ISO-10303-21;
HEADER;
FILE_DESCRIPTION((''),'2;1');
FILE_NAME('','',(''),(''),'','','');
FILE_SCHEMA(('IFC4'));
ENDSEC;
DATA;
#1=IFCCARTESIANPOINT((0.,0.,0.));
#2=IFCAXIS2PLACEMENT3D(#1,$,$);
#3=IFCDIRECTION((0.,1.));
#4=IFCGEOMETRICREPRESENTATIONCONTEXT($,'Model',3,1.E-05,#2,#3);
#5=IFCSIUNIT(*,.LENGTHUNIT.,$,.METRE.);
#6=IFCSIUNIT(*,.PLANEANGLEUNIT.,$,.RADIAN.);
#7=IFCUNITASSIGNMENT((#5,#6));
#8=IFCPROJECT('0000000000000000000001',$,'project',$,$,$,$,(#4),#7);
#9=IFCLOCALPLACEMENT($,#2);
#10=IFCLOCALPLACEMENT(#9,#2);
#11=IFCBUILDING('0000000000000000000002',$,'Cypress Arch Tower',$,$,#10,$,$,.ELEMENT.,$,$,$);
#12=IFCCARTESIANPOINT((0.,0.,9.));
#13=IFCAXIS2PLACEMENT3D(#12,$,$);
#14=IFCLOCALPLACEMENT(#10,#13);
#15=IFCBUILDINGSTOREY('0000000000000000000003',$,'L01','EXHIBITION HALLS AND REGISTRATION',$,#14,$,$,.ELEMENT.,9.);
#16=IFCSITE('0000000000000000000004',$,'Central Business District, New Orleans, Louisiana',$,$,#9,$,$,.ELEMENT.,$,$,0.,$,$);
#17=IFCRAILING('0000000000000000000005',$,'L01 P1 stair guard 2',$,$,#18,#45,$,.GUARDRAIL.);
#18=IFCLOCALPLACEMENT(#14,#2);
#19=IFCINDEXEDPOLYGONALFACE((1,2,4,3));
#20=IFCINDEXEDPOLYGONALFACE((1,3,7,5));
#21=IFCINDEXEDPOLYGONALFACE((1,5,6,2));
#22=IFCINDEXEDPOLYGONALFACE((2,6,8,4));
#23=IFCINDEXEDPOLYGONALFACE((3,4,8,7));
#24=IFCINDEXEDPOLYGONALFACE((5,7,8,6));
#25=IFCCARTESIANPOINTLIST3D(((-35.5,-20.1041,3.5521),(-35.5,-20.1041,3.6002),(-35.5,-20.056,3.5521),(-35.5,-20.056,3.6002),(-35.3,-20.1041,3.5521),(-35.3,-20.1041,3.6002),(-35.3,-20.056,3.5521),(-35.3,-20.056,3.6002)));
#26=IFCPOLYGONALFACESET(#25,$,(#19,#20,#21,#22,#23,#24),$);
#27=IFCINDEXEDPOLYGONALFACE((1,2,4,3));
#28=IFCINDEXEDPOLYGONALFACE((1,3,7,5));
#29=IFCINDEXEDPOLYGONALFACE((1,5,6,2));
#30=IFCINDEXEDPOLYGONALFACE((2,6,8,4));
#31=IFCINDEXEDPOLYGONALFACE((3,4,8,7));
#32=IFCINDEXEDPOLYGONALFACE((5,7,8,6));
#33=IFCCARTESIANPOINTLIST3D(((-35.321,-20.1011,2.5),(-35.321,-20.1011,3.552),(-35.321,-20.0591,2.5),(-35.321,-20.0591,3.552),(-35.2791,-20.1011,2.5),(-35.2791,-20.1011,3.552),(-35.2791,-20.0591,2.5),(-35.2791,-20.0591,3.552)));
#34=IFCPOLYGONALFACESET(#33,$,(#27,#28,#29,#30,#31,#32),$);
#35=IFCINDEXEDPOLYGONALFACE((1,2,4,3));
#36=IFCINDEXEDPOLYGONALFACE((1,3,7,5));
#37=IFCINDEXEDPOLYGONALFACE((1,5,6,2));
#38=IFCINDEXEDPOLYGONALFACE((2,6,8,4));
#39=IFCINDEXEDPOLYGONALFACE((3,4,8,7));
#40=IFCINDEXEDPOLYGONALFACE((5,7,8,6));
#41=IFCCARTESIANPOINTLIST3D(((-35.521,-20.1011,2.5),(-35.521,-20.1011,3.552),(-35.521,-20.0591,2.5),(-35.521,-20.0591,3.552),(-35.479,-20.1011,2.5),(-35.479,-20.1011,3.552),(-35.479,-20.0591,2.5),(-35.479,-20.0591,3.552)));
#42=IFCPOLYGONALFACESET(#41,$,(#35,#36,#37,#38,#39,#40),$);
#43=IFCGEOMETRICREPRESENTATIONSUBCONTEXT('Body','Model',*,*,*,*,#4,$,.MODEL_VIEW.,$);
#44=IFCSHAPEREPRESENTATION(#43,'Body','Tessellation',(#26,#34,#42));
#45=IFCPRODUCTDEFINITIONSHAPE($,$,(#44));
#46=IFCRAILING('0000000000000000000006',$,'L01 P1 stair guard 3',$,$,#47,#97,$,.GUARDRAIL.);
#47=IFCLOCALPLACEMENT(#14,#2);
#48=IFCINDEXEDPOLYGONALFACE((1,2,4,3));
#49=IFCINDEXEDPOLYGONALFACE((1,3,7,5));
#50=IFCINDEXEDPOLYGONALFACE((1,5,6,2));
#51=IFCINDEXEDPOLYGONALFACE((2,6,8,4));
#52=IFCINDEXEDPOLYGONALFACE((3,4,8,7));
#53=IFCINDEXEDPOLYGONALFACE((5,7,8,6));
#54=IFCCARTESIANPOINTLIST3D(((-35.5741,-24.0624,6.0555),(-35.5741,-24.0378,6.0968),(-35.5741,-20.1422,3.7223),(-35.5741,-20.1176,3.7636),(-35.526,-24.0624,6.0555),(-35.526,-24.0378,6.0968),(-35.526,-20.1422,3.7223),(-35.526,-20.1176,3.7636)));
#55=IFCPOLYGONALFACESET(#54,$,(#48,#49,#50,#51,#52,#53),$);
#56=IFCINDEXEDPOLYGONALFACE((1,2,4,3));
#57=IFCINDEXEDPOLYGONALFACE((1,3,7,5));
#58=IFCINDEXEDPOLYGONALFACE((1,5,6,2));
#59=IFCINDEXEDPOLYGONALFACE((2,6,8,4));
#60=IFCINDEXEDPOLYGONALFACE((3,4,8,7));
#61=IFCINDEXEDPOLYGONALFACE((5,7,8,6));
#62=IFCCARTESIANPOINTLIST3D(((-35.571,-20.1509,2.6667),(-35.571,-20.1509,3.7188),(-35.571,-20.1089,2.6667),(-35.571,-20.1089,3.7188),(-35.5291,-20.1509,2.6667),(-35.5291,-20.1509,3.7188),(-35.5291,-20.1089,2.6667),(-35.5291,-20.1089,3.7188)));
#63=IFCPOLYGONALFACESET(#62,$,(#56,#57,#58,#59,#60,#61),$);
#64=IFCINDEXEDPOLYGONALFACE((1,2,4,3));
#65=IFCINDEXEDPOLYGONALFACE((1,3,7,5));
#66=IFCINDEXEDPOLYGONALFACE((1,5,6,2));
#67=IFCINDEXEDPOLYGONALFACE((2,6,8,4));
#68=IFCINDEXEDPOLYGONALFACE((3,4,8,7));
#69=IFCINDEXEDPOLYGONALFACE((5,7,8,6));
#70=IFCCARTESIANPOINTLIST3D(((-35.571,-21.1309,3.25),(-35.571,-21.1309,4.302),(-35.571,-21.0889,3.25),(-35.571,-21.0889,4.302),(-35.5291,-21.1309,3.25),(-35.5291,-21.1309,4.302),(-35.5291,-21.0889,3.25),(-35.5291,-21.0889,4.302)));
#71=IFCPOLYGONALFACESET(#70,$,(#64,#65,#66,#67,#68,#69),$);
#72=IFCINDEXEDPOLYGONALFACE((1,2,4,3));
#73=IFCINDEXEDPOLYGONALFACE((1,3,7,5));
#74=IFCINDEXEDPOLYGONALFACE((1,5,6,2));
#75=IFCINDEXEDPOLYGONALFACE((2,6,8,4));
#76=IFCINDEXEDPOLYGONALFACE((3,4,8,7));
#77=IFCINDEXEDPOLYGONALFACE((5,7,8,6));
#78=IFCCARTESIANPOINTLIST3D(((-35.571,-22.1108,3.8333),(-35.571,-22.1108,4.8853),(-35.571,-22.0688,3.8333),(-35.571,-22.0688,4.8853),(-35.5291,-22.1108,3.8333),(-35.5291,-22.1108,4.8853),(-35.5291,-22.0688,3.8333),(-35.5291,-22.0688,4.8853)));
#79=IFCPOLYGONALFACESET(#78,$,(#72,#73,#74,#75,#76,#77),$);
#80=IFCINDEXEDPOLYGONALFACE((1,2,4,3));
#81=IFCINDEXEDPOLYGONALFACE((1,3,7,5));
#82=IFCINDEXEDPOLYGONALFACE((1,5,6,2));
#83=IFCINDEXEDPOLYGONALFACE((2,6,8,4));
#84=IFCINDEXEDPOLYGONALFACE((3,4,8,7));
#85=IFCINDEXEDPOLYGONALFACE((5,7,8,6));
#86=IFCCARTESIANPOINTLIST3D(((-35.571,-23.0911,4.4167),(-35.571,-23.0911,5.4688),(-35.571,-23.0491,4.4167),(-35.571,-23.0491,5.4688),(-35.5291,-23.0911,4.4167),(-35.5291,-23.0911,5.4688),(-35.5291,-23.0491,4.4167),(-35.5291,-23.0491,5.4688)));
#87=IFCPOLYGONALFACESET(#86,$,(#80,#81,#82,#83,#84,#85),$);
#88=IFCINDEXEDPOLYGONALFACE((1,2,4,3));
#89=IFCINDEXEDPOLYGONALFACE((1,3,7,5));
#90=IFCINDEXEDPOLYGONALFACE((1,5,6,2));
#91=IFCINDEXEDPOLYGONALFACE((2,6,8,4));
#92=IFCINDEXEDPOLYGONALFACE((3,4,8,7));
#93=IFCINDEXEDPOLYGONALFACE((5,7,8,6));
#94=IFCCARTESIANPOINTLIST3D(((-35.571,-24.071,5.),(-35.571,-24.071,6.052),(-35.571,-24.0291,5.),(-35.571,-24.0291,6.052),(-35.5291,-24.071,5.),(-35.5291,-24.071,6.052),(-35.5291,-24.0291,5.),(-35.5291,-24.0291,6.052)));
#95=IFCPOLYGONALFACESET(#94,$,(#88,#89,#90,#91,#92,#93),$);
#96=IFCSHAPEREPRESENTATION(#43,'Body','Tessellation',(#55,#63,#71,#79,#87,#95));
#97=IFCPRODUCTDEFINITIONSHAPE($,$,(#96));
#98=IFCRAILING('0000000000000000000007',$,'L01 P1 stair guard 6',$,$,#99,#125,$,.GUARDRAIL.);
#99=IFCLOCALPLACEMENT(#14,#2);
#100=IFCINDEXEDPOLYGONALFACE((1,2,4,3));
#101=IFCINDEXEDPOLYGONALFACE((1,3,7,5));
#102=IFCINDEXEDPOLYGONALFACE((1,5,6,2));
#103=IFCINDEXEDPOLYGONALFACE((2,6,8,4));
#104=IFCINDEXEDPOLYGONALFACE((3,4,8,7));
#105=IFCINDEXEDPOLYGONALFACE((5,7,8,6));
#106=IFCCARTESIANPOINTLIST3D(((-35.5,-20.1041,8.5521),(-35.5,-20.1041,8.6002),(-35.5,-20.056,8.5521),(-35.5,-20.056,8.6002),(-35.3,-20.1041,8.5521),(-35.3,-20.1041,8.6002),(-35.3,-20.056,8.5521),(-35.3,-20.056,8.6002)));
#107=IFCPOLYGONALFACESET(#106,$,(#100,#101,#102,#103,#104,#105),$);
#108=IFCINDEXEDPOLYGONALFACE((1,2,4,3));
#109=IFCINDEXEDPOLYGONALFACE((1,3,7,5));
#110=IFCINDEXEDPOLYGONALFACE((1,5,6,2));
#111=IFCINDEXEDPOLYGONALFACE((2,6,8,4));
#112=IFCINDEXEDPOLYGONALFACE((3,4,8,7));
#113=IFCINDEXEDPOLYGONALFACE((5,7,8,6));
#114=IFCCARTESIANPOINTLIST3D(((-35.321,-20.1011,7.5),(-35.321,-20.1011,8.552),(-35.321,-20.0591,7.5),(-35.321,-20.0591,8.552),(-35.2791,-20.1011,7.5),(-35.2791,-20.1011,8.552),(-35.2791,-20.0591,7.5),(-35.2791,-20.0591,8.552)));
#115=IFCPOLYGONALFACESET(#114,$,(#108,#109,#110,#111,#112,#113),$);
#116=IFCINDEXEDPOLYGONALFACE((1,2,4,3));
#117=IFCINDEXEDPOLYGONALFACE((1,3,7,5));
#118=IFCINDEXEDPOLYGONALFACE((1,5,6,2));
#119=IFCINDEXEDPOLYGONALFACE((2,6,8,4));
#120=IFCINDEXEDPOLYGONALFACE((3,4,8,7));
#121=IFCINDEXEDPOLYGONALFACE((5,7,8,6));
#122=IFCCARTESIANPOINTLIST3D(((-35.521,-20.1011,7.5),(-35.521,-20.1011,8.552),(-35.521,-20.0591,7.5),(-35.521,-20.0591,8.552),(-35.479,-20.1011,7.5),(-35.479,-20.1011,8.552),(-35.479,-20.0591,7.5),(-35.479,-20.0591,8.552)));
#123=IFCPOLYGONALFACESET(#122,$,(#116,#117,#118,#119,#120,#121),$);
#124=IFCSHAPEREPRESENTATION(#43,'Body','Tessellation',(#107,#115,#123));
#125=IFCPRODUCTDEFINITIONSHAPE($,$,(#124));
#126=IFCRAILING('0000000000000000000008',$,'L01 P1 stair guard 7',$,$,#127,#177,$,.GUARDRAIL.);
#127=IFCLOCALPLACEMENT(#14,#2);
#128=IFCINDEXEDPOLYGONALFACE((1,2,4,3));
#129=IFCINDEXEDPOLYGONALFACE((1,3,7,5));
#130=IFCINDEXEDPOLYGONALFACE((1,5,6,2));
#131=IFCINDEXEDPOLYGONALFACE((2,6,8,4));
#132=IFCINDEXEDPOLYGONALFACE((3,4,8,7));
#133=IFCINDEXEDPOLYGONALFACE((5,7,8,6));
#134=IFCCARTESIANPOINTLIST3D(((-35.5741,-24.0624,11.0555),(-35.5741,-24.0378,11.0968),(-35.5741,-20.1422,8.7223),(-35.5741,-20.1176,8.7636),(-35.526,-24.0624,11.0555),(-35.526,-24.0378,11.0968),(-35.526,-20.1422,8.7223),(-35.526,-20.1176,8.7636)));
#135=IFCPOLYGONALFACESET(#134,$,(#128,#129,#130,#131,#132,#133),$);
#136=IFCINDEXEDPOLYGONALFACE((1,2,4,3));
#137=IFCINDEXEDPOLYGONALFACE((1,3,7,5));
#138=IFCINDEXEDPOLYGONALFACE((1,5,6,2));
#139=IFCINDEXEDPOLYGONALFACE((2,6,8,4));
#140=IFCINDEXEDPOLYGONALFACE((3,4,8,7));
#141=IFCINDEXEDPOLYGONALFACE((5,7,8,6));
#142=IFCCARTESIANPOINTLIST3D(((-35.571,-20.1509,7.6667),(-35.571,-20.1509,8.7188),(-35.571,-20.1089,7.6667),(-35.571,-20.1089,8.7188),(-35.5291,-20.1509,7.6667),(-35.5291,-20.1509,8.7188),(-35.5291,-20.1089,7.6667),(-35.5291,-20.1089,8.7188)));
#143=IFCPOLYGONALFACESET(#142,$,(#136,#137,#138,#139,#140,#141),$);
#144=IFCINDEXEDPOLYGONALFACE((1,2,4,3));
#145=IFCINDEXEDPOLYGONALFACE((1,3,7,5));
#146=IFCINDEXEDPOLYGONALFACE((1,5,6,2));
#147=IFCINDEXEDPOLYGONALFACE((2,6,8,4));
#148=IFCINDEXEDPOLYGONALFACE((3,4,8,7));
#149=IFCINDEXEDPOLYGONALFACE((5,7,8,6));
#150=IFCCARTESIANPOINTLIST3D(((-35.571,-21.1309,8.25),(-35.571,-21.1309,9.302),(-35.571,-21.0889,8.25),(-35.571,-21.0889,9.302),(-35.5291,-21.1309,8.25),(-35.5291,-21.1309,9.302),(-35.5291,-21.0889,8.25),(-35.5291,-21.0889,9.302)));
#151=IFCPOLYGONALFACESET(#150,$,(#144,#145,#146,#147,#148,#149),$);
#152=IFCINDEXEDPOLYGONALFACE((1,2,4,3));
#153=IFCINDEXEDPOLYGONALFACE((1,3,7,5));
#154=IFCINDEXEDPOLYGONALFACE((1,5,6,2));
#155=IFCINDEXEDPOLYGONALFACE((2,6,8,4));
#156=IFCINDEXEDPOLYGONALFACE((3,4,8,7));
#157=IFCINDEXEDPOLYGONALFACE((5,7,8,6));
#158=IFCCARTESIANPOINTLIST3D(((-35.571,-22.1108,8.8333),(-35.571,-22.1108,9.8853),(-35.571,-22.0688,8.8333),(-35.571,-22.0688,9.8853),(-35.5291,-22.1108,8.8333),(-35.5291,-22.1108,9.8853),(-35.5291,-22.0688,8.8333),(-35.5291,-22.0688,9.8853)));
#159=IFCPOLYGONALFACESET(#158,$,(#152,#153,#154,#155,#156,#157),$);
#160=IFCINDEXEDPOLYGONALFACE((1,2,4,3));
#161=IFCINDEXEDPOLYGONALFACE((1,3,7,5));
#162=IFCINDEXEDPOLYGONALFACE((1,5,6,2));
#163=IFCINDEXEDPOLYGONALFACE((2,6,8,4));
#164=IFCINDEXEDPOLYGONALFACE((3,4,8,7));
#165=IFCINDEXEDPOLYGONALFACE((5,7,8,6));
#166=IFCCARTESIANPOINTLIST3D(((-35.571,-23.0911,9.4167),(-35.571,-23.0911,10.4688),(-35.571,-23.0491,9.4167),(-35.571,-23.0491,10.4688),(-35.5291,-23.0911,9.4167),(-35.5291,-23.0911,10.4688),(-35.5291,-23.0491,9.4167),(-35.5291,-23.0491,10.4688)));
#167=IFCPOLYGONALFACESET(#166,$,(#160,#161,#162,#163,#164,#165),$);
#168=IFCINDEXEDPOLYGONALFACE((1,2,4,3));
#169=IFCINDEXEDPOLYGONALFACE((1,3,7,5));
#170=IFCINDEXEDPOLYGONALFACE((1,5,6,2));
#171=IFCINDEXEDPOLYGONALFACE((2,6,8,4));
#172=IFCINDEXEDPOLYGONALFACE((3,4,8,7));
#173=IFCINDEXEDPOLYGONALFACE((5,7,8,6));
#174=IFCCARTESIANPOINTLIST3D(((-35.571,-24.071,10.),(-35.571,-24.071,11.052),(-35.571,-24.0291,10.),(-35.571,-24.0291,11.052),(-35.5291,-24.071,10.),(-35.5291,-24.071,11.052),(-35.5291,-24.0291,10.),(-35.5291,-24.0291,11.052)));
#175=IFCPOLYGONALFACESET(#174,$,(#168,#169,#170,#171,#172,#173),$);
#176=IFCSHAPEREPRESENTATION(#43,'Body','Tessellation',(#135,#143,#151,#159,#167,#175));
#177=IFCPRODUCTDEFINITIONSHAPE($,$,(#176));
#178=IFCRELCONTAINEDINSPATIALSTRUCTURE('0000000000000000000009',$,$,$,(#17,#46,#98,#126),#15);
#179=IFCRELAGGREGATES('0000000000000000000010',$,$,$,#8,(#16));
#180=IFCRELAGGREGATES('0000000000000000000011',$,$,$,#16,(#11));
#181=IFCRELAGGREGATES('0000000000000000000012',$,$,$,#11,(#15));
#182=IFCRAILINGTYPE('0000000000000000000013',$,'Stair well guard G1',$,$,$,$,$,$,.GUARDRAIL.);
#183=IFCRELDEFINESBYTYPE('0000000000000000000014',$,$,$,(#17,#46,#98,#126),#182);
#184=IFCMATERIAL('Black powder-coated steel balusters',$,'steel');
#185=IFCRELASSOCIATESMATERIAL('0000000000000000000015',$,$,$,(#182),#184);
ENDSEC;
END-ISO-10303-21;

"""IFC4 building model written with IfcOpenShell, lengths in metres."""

from ifc_helpers import new_model, si_unit, direction, frame, origin, origin_2d, place, context, subcontext, project, spatial, rectangle, extrude, material, type_object, element, save


model = new_model("IFC4")

# Units and contexts
model_context = context("Model", 3, precision=1e-05, world=origin(), true_north=direction((0.0, 1.0)))
body_context = subcontext(model_context, "Body", "Model", "MODEL_VIEW")
ifc_project = project(units=[si_unit("LENGTHUNIT", "METRE"), si_unit("PLANEANGLEUNIT", "RADIAN")], contexts=[model_context])

# Site, building, storey
site_placement = place(None, origin())
site = spatial("IfcSite", under=ifc_project, at=site_placement, Name="Central Business District, New Orleans, Louisiana", CompositionType="ELEMENT", RefElevation=0.0)
building_placement = place(site_placement, origin())
building = spatial("IfcBuilding", under=site, at=building_placement, Name="Cypress Arch Tower", CompositionType="ELEMENT")
storey_placement = place(building_placement, frame((0.0, 0.0, 9.0)))
storey = spatial("IfcBuildingStorey", under=building, at=storey_placement, Name="L01", Description="EXHIBITION HALLS AND REGISTRATION", CompositionType="ELEMENT", Elevation=9.0)

# Railings
ifc_material_1 = material(Name="Black powder-coated steel balusters", Category="steel")
railing_type = type_object("IfcRailingType", Name="Stair well guard G1", PredefinedType="GUARDRAIL", material=ifc_material_1)
railing_1_placement = place(storey_placement, frame((-35.3, -20.0801, 2.5)))
element("IfcRailing", 1, at=railing_1_placement, inside=storey, type_object=railing_type, Name="L01 P1 stair guard 2", PredefinedType="GUARDRAIL", context=body_context, shape_type="SweptSolid", body=[
    extrude(rectangle(XDim=0.0481, YDim=0.0481, at=origin_2d()), frame((0.0, 0.0, 1.0762), z_axis=(-1.0, 0.0, 0.0), x_axis=(0.0, -1.0, 0.0)), (0.0, 0.0, 1.0), 0.2),
    extrude(rectangle(XDim=0.042, YDim=0.042, at=origin_2d()), origin(), (0.0, 0.0, 1.0), 1.052),
    extrude(rectangle(XDim=0.042, YDim=0.042, at=origin_2d()), frame((-0.2, 0.0, 0.0)), (0.0, 0.0, 1.0), 1.052),
])
railing_2_placement = place(storey_placement, frame((-35.55, -20.1299, 2.6667)))
element("IfcRailing", 2, at=railing_2_placement, inside=storey, type_object=railing_type, Name="L01 P1 stair guard 3", PredefinedType="GUARDRAIL", context=body_context, shape_type="SweptSolid", body=[
    extrude(rectangle(XDim=0.0481, YDim=0.0481, at=origin_2d()), frame((0.0, 0.0, 1.0762), z_axis=(0.0, -0.85931, 0.511455), x_axis=(1.0, 0.0, 0.0)), (0.0, 0.0, 1.0), 4.562),
    extrude(rectangle(XDim=0.042, YDim=0.042, at=origin_2d()), origin(), (0.0, 0.0, 1.0), 1.052),
    extrude(rectangle(XDim=0.042, YDim=0.042, at=origin_2d()), frame((0.0, -0.98, 0.5833)), (0.0, 0.0, 1.0), 1.052),
    extrude(rectangle(XDim=0.042, YDim=0.042, at=origin_2d()), frame((0.0, -1.96, 1.1665)), (0.0, 0.0, 1.0), 1.052),
    extrude(rectangle(XDim=0.042, YDim=0.042, at=origin_2d()), frame((0.0, -2.9402, 1.75)), (0.0, 0.0, 1.0), 1.052),
    extrude(rectangle(XDim=0.042, YDim=0.042, at=origin_2d()), frame((0.0, -3.9202, 2.3333)), (0.0, 0.0, 1.0), 1.052),
])
railing_3_placement = place(storey_placement, frame((-35.3, -20.0801, 7.5)))
element("IfcRailing", 3, at=railing_3_placement, inside=storey, type_object=railing_type, Name="L01 P1 stair guard 6", PredefinedType="GUARDRAIL", context=body_context, shape_type="SweptSolid", body=[
    extrude(rectangle(XDim=0.0481, YDim=0.0481, at=origin_2d()), frame((0.0, 0.0, 1.0762), z_axis=(-1.0, 0.0, 0.0), x_axis=(0.0, -1.0, 0.0)), (0.0, 0.0, 1.0), 0.2),
    extrude(rectangle(XDim=0.042, YDim=0.042, at=origin_2d()), origin(), (0.0, 0.0, 1.0), 1.052),
    extrude(rectangle(XDim=0.042, YDim=0.042, at=origin_2d()), frame((-0.2, 0.0, 0.0)), (0.0, 0.0, 1.0), 1.052),
])
railing_4_placement = place(storey_placement, frame((-35.55, -20.1299, 7.6667)))
element("IfcRailing", 4, at=railing_4_placement, inside=storey, type_object=railing_type, Name="L01 P1 stair guard 7", PredefinedType="GUARDRAIL", context=body_context, shape_type="SweptSolid", body=[
    extrude(rectangle(XDim=0.0481, YDim=0.0481, at=origin_2d()), frame((0.0, 0.0, 1.0762), z_axis=(0.0, -0.85931, 0.511455), x_axis=(1.0, 0.0, 0.0)), (0.0, 0.0, 1.0), 4.562),
    extrude(rectangle(XDim=0.042, YDim=0.042, at=origin_2d()), origin(), (0.0, 0.0, 1.0), 1.052),
    extrude(rectangle(XDim=0.042, YDim=0.042, at=origin_2d()), frame((0.0, -0.98, 0.5833)), (0.0, 0.0, 1.0), 1.052),
    extrude(rectangle(XDim=0.042, YDim=0.042, at=origin_2d()), frame((0.0, -1.96, 1.1665)), (0.0, 0.0, 1.0), 1.052),
    extrude(rectangle(XDim=0.042, YDim=0.042, at=origin_2d()), frame((0.0, -2.9402, 1.75)), (0.0, 0.0, 1.0), 1.052),
    extrude(rectangle(XDim=0.042, YDim=0.042, at=origin_2d()), frame((0.0, -3.9202, 2.3333)), (0.0, 0.0, 1.0), 1.052),
])

save(model, "model.ifc")
